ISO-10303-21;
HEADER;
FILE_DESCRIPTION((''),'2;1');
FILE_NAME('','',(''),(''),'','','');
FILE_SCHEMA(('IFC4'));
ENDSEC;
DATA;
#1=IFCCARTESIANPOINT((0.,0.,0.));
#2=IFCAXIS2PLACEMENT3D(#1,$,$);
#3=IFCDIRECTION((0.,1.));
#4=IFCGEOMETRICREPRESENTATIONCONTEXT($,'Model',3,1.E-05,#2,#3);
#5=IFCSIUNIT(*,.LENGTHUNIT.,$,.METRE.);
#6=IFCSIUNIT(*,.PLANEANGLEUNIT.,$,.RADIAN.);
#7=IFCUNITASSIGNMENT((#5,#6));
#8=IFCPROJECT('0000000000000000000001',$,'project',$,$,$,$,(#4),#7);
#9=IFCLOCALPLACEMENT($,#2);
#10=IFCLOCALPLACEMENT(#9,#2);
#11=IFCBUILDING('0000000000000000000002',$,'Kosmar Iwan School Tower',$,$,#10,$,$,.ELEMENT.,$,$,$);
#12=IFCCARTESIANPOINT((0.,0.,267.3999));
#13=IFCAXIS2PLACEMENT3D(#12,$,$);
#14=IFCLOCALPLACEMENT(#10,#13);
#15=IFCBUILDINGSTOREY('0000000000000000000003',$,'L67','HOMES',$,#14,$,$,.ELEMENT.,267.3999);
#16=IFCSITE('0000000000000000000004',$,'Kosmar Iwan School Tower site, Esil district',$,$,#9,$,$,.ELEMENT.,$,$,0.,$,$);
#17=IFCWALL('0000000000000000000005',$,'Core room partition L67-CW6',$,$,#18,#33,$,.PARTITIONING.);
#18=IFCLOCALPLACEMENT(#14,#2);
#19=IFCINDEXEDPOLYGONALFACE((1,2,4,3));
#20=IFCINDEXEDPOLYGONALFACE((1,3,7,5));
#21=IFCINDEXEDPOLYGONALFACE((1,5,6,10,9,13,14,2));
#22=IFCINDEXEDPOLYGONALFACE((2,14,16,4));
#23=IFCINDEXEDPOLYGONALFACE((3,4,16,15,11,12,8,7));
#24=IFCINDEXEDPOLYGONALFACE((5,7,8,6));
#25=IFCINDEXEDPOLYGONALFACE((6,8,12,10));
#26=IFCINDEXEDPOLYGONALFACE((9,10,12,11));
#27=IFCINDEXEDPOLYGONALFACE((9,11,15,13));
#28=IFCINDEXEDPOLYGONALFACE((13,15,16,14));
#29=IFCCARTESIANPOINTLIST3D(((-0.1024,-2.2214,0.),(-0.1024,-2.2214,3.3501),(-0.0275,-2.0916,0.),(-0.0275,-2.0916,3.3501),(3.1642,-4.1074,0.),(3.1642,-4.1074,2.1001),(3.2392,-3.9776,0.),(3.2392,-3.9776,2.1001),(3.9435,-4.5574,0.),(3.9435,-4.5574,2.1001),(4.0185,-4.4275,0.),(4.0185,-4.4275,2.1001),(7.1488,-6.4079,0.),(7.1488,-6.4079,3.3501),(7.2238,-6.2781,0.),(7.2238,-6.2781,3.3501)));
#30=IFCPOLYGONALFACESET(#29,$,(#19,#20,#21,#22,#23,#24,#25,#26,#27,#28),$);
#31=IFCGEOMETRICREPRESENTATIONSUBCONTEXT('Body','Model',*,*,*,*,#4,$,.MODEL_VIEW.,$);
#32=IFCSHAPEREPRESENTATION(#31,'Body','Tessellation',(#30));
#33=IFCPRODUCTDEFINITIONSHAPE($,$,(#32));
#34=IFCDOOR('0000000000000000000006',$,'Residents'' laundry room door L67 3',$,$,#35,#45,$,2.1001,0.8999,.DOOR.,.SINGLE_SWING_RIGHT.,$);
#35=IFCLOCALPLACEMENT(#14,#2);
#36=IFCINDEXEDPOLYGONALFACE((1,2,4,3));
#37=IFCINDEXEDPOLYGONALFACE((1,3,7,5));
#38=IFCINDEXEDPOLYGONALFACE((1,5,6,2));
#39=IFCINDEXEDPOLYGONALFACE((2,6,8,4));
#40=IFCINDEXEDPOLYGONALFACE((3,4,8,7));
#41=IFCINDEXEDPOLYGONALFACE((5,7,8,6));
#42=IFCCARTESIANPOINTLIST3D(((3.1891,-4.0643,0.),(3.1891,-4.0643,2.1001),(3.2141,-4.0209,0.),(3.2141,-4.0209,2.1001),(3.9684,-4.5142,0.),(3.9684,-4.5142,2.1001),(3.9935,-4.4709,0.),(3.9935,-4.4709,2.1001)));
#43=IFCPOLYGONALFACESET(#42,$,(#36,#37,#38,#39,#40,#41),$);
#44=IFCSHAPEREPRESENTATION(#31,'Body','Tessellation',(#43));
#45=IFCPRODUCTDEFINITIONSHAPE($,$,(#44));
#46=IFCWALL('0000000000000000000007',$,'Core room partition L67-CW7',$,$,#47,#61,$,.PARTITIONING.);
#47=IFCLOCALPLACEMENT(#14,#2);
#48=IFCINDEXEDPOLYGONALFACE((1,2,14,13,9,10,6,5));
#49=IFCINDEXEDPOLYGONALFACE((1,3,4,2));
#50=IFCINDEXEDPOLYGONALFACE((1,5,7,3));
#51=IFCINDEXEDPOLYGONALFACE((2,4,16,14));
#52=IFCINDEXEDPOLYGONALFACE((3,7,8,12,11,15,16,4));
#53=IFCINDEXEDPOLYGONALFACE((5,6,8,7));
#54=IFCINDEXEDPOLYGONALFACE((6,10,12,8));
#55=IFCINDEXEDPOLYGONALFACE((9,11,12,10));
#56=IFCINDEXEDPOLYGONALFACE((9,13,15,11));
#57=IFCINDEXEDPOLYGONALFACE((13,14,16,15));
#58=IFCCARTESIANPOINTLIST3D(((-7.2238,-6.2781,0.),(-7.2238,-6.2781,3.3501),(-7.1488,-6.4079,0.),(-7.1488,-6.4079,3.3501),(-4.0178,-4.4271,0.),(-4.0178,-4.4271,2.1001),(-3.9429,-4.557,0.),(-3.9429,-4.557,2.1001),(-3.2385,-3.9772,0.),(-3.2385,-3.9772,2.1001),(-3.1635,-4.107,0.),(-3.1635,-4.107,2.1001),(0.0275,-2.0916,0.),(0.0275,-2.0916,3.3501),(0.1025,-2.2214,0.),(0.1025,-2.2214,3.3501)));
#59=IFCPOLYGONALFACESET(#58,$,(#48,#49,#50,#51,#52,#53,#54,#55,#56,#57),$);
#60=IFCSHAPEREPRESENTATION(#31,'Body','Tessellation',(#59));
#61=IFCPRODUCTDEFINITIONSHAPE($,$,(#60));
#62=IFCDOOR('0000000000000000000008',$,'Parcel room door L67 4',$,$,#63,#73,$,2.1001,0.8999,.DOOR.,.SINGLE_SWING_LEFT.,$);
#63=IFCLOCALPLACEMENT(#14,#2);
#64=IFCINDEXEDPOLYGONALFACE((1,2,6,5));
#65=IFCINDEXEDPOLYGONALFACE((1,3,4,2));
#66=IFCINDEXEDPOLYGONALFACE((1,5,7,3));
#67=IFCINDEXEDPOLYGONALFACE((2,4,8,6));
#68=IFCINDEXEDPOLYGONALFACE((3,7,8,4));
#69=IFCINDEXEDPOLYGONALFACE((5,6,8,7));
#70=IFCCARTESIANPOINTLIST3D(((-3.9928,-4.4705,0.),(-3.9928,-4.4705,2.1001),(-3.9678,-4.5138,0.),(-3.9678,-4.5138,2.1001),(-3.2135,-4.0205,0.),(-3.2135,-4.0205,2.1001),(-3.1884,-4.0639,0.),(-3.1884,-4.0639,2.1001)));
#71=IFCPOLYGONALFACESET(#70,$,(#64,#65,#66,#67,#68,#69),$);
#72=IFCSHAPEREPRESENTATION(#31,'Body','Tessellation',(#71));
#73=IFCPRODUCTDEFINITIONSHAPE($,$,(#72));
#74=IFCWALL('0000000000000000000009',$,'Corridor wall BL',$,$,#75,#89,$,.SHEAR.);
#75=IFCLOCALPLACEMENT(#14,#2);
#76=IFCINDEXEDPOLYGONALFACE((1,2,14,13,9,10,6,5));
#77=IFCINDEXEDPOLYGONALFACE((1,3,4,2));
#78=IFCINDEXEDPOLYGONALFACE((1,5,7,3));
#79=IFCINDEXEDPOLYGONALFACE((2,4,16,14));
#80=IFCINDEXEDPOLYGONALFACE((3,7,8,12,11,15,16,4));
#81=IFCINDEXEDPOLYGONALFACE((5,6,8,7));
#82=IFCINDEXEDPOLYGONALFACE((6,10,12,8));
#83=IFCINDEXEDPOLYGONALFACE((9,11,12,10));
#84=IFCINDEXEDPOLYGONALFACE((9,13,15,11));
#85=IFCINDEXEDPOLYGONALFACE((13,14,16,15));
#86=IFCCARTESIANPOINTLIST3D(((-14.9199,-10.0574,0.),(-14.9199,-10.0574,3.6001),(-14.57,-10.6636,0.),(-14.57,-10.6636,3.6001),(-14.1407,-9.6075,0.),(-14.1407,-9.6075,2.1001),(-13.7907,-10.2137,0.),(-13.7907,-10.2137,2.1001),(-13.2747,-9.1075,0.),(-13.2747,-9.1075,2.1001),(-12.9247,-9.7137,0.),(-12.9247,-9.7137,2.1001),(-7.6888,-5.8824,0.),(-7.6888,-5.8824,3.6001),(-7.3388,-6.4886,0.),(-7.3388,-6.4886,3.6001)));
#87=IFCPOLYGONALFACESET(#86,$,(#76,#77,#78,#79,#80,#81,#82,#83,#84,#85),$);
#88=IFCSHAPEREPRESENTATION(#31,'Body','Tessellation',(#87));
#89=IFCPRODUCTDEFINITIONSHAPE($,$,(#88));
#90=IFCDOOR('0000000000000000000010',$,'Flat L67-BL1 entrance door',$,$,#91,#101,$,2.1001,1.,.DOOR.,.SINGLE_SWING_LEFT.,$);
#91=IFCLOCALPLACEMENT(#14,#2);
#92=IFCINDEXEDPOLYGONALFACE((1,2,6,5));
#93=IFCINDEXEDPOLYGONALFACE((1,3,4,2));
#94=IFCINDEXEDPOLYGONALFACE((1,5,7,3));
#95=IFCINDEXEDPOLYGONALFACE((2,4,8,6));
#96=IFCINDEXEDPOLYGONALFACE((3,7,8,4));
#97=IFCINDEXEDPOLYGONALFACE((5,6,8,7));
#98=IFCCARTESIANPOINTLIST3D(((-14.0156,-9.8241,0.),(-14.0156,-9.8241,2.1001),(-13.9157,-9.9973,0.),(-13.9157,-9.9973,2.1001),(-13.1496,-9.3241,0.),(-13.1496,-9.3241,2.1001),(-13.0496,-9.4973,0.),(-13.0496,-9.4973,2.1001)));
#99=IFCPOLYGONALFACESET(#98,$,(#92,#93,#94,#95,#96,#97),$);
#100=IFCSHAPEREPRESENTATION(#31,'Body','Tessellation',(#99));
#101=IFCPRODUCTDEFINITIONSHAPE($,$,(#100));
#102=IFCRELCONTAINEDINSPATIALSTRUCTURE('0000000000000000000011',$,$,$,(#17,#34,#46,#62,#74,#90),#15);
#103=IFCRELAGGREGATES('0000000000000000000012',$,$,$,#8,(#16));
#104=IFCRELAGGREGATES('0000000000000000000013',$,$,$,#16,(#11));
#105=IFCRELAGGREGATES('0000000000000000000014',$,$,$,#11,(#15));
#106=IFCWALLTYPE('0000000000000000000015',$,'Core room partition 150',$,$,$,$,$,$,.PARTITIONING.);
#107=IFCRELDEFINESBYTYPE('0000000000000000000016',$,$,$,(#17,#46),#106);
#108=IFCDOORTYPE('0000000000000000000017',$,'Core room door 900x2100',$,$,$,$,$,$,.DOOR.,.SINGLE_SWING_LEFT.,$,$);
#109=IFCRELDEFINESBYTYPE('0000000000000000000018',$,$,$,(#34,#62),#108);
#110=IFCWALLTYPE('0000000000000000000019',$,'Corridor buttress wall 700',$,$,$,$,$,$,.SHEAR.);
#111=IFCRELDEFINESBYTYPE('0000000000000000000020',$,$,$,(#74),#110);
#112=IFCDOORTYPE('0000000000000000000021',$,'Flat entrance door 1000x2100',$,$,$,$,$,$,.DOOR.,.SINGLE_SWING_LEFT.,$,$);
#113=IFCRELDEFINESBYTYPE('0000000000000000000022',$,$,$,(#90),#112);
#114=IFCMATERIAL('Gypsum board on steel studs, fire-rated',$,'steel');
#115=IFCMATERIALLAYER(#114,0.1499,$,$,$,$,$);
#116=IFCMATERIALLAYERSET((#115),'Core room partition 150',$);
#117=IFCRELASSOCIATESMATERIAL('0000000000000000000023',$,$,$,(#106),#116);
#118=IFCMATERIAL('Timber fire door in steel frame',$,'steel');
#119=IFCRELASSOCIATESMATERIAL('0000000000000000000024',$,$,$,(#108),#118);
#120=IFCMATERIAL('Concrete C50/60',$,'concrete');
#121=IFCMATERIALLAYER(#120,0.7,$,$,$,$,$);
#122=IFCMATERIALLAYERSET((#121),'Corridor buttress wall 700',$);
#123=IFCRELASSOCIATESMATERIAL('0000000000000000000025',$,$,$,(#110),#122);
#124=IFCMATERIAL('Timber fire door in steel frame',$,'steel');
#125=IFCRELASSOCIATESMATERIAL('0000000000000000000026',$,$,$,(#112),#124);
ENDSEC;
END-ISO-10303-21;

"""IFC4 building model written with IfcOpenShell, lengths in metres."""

from ifc_helpers import new_model, si_unit, direction, frame, frame_2d, origin, place, context, subcontext, project, spatial, rectangle, extrude, material, layer, layer_set, type_object, element, fill, save


model = new_model("IFC4")

# Units and contexts
model_context = context("Model", 3, precision=1e-05, world=origin(), true_north=direction((0.0, 1.0)))
body_context = subcontext(model_context, "Body", "Model", "MODEL_VIEW")
ifc_project = project(units=[si_unit("LENGTHUNIT", "METRE"), si_unit("PLANEANGLEUNIT", "RADIAN")], contexts=[model_context])

# Site, building, storey
site_placement = place(None, origin())
site = spatial("IfcSite", under=ifc_project, at=site_placement, Name="Kosmar Iwan School Tower site, Esil district", CompositionType="ELEMENT", RefElevation=0.0)
building_placement = place(site_placement, origin())
building = spatial("IfcBuilding", under=site, at=building_placement, Name="Kosmar Iwan School Tower", CompositionType="ELEMENT")
storey_placement = place(building_placement, frame((0.0, 0.0, 267.3999)))
storey = spatial("IfcBuildingStorey", under=building, at=storey_placement, Name="L67", Description="HOMES", CompositionType="ELEMENT", Elevation=267.3999)

# Walls, openings, doors
ifc_material_1 = material(Name="Gypsum board on steel studs, fire-rated", Category="steel")
ifc_layer_1 = layer(ifc_material_1, 0.1499)
ifc_layer_set_1 = layer_set([ifc_layer_1], Name="Core room partition 150")
wall_type_1 = type_object("IfcWallType", Name="Core room partition 150", PredefinedType="PARTITIONING", material=ifc_layer_set_1)
wall_1_placement = place(storey_placement, frame((-0.0649, -2.1565, 0.0), z_axis=(0.0, 0.0, 1.0), x_axis=(0.866024, -0.500003, 0.0)))
wall_1 = element("IfcWall", 1, at=wall_1_placement, inside=storey, type_object=wall_type_1, Name="Core room partition L67-CW6", PredefinedType="PARTITIONING", context=body_context, shape_type="SweptSolid", body=[
    extrude(rectangle(XDim=8.373, YDim=0.1499, at=frame_2d((4.1865, 0.0))), origin(), (0.0, 0.0, 1.0), 3.3501),
])
opening_1_placement = place(wall_1_placement, frame((3.772, 0.0, 0.0)))
opening_1 = element("IfcOpeningElement", 2, at=opening_1_placement, cuts=wall_1, PredefinedType="OPENING", context=body_context, shape_type="SweptSolid", body=[
    extrude(rectangle(XDim=0.8999, YDim=2.1001, at=frame_2d((0.45, 1.05))), frame((0.0, 0.0869, 0.0), z_axis=(0.0, -1.0, 0.0), x_axis=(1.0, 0.0, 0.0)), (0.0, 0.0, 1.0), 0.1738),
])
ifc_material_2 = material(Name="Timber fire door in steel frame", Category="steel")
door_type_1 = type_object("IfcDoorType", Name="Core room door 900x2100", OperationType="SINGLE_SWING_LEFT", PredefinedType="DOOR", material=ifc_material_2)
door_1_placement = place(opening_1_placement, origin())
door_1 = element("IfcDoor", 3, at=door_1_placement, inside=storey, type_object=door_type_1, Name="Residents' laundry room door L67 3", OperationType="SINGLE_SWING_RIGHT", OverallHeight=2.1001, OverallWidth=0.8999, PredefinedType="DOOR", context=body_context, shape_type="SweptSolid", body=[
    extrude(rectangle(XDim=0.8999, YDim=2.1001, at=frame_2d((0.45, 1.05))), frame((0.0, 0.0249, 0.0), z_axis=(0.0, -1.0, 0.0), x_axis=(1.0, 0.0, 0.0)), (0.0, 0.0, 1.0), 0.05),
])
fill(opening_1, door_1)
wall_2_placement = place(storey_placement, frame((-7.1863, -6.343, 0.0), z_axis=(0.0, 0.0, 1.0), x_axis=(0.866024, 0.500003, 0.0)))
wall_2 = element("IfcWall", 4, at=wall_2_placement, inside=storey, type_object=wall_type_1, Name="Core room partition L67-CW7", PredefinedType="PARTITIONING", context=body_context, shape_type="SweptSolid", body=[
    extrude(rectangle(XDim=8.373, YDim=0.1499, at=frame_2d((4.1865, 0.0))), origin(), (0.0, 0.0, 1.0), 3.3501),
])
opening_2_placement = place(wall_2_placement, frame((3.7019, 0.0, 0.0)))
opening_2 = element("IfcOpeningElement", 5, at=opening_2_placement, cuts=wall_2, PredefinedType="OPENING", context=body_context, shape_type="SweptSolid", body=[
    extrude(rectangle(XDim=0.8999, YDim=2.1001, at=frame_2d((0.45, 1.05))), frame((0.0, 0.0869, 0.0), z_axis=(0.0, -1.0, 0.0), x_axis=(1.0, 0.0, 0.0)), (0.0, 0.0, 1.0), 0.1738),
])
door_2_placement = place(opening_2_placement, origin())
door_2 = element("IfcDoor", 6, at=door_2_placement, inside=storey, type_object=door_type_1, Name="Parcel room door L67 4", OperationType="SINGLE_SWING_LEFT", OverallHeight=2.1001, OverallWidth=0.8999, PredefinedType="DOOR", context=body_context, shape_type="SweptSolid", body=[
    extrude(rectangle(XDim=0.8999, YDim=2.1001, at=frame_2d((0.45, 1.05))), frame((0.0, 0.0249, 0.0), z_axis=(0.0, -1.0, 0.0), x_axis=(1.0, 0.0, 0.0)), (0.0, 0.0, 1.0), 0.05),
])
fill(opening_2, door_2)
ifc_material_3 = material(Name="Concrete C50/60", Category="concrete")
ifc_layer_2 = layer(ifc_material_3, 0.7)
ifc_layer_set_2 = layer_set([ifc_layer_2], Name="Corridor buttress wall 700")
wall_type_2 = type_object("IfcWallType", Name="Corridor buttress wall 700", PredefinedType="SHEAR", material=ifc_layer_set_2)
wall_3_placement = place(storey_placement, frame((-7.5139, -6.1855, 0.0), z_axis=(0.0, 0.0, 1.0), x_axis=(-0.86602, -0.50001, 0.0)))
wall_3 = element("IfcWall", 7, at=wall_3_placement, inside=storey, type_object=wall_type_2, Name="Corridor wall BL", PredefinedType="SHEAR", context=body_context, shape_type="SweptSolid", body=[
    extrude(rectangle(XDim=8.3499, YDim=0.7, at=frame_2d((4.1748, 0.0))), origin(), (0.0, 0.0, 1.0), 3.6001),
])
opening_3_placement = place(wall_3_placement, frame((6.45, 0.0, 0.0)))
opening_3 = element("IfcOpeningElement", 8, at=opening_3_placement, cuts=wall_3, PredefinedType="OPENING", context=body_context, shape_type="SweptSolid", body=[
    extrude(rectangle(XDim=1.0, YDim=2.1001, at=frame_2d((0.5, 1.05))), frame((0.0, 0.3621, 0.0), z_axis=(0.0, -1.0, 0.0), x_axis=(1.0, 0.0, 0.0)), (0.0, 0.0, 1.0), 0.7239),
])
ifc_material_4 = material(Name="Timber fire door in steel frame", Category="steel")
door_type_2 = type_object("IfcDoorType", Name="Flat entrance door 1000x2100", OperationType="SINGLE_SWING_LEFT", PredefinedType="DOOR", material=ifc_material_4)
door_3_placement = place(opening_3_placement, origin())
door_3 = element("IfcDoor", 9, at=door_3_placement, inside=storey, type_object=door_type_2, Name="Flat L67-BL1 entrance door", OperationType="SINGLE_SWING_LEFT", OverallHeight=2.1001, OverallWidth=1.0, PredefinedType="DOOR", context=body_context, shape_type="SweptSolid", body=[
    extrude(rectangle(XDim=1.0, YDim=2.1001, at=frame_2d((0.5, 1.05))), frame((0.0, 0.1001, 0.0), z_axis=(0.0, -1.0, 0.0), x_axis=(1.0, 0.0, 0.0)), (0.0, 0.0, 1.0), 0.2),
])
fill(opening_3, door_3)

save(model, "model.ifc")
